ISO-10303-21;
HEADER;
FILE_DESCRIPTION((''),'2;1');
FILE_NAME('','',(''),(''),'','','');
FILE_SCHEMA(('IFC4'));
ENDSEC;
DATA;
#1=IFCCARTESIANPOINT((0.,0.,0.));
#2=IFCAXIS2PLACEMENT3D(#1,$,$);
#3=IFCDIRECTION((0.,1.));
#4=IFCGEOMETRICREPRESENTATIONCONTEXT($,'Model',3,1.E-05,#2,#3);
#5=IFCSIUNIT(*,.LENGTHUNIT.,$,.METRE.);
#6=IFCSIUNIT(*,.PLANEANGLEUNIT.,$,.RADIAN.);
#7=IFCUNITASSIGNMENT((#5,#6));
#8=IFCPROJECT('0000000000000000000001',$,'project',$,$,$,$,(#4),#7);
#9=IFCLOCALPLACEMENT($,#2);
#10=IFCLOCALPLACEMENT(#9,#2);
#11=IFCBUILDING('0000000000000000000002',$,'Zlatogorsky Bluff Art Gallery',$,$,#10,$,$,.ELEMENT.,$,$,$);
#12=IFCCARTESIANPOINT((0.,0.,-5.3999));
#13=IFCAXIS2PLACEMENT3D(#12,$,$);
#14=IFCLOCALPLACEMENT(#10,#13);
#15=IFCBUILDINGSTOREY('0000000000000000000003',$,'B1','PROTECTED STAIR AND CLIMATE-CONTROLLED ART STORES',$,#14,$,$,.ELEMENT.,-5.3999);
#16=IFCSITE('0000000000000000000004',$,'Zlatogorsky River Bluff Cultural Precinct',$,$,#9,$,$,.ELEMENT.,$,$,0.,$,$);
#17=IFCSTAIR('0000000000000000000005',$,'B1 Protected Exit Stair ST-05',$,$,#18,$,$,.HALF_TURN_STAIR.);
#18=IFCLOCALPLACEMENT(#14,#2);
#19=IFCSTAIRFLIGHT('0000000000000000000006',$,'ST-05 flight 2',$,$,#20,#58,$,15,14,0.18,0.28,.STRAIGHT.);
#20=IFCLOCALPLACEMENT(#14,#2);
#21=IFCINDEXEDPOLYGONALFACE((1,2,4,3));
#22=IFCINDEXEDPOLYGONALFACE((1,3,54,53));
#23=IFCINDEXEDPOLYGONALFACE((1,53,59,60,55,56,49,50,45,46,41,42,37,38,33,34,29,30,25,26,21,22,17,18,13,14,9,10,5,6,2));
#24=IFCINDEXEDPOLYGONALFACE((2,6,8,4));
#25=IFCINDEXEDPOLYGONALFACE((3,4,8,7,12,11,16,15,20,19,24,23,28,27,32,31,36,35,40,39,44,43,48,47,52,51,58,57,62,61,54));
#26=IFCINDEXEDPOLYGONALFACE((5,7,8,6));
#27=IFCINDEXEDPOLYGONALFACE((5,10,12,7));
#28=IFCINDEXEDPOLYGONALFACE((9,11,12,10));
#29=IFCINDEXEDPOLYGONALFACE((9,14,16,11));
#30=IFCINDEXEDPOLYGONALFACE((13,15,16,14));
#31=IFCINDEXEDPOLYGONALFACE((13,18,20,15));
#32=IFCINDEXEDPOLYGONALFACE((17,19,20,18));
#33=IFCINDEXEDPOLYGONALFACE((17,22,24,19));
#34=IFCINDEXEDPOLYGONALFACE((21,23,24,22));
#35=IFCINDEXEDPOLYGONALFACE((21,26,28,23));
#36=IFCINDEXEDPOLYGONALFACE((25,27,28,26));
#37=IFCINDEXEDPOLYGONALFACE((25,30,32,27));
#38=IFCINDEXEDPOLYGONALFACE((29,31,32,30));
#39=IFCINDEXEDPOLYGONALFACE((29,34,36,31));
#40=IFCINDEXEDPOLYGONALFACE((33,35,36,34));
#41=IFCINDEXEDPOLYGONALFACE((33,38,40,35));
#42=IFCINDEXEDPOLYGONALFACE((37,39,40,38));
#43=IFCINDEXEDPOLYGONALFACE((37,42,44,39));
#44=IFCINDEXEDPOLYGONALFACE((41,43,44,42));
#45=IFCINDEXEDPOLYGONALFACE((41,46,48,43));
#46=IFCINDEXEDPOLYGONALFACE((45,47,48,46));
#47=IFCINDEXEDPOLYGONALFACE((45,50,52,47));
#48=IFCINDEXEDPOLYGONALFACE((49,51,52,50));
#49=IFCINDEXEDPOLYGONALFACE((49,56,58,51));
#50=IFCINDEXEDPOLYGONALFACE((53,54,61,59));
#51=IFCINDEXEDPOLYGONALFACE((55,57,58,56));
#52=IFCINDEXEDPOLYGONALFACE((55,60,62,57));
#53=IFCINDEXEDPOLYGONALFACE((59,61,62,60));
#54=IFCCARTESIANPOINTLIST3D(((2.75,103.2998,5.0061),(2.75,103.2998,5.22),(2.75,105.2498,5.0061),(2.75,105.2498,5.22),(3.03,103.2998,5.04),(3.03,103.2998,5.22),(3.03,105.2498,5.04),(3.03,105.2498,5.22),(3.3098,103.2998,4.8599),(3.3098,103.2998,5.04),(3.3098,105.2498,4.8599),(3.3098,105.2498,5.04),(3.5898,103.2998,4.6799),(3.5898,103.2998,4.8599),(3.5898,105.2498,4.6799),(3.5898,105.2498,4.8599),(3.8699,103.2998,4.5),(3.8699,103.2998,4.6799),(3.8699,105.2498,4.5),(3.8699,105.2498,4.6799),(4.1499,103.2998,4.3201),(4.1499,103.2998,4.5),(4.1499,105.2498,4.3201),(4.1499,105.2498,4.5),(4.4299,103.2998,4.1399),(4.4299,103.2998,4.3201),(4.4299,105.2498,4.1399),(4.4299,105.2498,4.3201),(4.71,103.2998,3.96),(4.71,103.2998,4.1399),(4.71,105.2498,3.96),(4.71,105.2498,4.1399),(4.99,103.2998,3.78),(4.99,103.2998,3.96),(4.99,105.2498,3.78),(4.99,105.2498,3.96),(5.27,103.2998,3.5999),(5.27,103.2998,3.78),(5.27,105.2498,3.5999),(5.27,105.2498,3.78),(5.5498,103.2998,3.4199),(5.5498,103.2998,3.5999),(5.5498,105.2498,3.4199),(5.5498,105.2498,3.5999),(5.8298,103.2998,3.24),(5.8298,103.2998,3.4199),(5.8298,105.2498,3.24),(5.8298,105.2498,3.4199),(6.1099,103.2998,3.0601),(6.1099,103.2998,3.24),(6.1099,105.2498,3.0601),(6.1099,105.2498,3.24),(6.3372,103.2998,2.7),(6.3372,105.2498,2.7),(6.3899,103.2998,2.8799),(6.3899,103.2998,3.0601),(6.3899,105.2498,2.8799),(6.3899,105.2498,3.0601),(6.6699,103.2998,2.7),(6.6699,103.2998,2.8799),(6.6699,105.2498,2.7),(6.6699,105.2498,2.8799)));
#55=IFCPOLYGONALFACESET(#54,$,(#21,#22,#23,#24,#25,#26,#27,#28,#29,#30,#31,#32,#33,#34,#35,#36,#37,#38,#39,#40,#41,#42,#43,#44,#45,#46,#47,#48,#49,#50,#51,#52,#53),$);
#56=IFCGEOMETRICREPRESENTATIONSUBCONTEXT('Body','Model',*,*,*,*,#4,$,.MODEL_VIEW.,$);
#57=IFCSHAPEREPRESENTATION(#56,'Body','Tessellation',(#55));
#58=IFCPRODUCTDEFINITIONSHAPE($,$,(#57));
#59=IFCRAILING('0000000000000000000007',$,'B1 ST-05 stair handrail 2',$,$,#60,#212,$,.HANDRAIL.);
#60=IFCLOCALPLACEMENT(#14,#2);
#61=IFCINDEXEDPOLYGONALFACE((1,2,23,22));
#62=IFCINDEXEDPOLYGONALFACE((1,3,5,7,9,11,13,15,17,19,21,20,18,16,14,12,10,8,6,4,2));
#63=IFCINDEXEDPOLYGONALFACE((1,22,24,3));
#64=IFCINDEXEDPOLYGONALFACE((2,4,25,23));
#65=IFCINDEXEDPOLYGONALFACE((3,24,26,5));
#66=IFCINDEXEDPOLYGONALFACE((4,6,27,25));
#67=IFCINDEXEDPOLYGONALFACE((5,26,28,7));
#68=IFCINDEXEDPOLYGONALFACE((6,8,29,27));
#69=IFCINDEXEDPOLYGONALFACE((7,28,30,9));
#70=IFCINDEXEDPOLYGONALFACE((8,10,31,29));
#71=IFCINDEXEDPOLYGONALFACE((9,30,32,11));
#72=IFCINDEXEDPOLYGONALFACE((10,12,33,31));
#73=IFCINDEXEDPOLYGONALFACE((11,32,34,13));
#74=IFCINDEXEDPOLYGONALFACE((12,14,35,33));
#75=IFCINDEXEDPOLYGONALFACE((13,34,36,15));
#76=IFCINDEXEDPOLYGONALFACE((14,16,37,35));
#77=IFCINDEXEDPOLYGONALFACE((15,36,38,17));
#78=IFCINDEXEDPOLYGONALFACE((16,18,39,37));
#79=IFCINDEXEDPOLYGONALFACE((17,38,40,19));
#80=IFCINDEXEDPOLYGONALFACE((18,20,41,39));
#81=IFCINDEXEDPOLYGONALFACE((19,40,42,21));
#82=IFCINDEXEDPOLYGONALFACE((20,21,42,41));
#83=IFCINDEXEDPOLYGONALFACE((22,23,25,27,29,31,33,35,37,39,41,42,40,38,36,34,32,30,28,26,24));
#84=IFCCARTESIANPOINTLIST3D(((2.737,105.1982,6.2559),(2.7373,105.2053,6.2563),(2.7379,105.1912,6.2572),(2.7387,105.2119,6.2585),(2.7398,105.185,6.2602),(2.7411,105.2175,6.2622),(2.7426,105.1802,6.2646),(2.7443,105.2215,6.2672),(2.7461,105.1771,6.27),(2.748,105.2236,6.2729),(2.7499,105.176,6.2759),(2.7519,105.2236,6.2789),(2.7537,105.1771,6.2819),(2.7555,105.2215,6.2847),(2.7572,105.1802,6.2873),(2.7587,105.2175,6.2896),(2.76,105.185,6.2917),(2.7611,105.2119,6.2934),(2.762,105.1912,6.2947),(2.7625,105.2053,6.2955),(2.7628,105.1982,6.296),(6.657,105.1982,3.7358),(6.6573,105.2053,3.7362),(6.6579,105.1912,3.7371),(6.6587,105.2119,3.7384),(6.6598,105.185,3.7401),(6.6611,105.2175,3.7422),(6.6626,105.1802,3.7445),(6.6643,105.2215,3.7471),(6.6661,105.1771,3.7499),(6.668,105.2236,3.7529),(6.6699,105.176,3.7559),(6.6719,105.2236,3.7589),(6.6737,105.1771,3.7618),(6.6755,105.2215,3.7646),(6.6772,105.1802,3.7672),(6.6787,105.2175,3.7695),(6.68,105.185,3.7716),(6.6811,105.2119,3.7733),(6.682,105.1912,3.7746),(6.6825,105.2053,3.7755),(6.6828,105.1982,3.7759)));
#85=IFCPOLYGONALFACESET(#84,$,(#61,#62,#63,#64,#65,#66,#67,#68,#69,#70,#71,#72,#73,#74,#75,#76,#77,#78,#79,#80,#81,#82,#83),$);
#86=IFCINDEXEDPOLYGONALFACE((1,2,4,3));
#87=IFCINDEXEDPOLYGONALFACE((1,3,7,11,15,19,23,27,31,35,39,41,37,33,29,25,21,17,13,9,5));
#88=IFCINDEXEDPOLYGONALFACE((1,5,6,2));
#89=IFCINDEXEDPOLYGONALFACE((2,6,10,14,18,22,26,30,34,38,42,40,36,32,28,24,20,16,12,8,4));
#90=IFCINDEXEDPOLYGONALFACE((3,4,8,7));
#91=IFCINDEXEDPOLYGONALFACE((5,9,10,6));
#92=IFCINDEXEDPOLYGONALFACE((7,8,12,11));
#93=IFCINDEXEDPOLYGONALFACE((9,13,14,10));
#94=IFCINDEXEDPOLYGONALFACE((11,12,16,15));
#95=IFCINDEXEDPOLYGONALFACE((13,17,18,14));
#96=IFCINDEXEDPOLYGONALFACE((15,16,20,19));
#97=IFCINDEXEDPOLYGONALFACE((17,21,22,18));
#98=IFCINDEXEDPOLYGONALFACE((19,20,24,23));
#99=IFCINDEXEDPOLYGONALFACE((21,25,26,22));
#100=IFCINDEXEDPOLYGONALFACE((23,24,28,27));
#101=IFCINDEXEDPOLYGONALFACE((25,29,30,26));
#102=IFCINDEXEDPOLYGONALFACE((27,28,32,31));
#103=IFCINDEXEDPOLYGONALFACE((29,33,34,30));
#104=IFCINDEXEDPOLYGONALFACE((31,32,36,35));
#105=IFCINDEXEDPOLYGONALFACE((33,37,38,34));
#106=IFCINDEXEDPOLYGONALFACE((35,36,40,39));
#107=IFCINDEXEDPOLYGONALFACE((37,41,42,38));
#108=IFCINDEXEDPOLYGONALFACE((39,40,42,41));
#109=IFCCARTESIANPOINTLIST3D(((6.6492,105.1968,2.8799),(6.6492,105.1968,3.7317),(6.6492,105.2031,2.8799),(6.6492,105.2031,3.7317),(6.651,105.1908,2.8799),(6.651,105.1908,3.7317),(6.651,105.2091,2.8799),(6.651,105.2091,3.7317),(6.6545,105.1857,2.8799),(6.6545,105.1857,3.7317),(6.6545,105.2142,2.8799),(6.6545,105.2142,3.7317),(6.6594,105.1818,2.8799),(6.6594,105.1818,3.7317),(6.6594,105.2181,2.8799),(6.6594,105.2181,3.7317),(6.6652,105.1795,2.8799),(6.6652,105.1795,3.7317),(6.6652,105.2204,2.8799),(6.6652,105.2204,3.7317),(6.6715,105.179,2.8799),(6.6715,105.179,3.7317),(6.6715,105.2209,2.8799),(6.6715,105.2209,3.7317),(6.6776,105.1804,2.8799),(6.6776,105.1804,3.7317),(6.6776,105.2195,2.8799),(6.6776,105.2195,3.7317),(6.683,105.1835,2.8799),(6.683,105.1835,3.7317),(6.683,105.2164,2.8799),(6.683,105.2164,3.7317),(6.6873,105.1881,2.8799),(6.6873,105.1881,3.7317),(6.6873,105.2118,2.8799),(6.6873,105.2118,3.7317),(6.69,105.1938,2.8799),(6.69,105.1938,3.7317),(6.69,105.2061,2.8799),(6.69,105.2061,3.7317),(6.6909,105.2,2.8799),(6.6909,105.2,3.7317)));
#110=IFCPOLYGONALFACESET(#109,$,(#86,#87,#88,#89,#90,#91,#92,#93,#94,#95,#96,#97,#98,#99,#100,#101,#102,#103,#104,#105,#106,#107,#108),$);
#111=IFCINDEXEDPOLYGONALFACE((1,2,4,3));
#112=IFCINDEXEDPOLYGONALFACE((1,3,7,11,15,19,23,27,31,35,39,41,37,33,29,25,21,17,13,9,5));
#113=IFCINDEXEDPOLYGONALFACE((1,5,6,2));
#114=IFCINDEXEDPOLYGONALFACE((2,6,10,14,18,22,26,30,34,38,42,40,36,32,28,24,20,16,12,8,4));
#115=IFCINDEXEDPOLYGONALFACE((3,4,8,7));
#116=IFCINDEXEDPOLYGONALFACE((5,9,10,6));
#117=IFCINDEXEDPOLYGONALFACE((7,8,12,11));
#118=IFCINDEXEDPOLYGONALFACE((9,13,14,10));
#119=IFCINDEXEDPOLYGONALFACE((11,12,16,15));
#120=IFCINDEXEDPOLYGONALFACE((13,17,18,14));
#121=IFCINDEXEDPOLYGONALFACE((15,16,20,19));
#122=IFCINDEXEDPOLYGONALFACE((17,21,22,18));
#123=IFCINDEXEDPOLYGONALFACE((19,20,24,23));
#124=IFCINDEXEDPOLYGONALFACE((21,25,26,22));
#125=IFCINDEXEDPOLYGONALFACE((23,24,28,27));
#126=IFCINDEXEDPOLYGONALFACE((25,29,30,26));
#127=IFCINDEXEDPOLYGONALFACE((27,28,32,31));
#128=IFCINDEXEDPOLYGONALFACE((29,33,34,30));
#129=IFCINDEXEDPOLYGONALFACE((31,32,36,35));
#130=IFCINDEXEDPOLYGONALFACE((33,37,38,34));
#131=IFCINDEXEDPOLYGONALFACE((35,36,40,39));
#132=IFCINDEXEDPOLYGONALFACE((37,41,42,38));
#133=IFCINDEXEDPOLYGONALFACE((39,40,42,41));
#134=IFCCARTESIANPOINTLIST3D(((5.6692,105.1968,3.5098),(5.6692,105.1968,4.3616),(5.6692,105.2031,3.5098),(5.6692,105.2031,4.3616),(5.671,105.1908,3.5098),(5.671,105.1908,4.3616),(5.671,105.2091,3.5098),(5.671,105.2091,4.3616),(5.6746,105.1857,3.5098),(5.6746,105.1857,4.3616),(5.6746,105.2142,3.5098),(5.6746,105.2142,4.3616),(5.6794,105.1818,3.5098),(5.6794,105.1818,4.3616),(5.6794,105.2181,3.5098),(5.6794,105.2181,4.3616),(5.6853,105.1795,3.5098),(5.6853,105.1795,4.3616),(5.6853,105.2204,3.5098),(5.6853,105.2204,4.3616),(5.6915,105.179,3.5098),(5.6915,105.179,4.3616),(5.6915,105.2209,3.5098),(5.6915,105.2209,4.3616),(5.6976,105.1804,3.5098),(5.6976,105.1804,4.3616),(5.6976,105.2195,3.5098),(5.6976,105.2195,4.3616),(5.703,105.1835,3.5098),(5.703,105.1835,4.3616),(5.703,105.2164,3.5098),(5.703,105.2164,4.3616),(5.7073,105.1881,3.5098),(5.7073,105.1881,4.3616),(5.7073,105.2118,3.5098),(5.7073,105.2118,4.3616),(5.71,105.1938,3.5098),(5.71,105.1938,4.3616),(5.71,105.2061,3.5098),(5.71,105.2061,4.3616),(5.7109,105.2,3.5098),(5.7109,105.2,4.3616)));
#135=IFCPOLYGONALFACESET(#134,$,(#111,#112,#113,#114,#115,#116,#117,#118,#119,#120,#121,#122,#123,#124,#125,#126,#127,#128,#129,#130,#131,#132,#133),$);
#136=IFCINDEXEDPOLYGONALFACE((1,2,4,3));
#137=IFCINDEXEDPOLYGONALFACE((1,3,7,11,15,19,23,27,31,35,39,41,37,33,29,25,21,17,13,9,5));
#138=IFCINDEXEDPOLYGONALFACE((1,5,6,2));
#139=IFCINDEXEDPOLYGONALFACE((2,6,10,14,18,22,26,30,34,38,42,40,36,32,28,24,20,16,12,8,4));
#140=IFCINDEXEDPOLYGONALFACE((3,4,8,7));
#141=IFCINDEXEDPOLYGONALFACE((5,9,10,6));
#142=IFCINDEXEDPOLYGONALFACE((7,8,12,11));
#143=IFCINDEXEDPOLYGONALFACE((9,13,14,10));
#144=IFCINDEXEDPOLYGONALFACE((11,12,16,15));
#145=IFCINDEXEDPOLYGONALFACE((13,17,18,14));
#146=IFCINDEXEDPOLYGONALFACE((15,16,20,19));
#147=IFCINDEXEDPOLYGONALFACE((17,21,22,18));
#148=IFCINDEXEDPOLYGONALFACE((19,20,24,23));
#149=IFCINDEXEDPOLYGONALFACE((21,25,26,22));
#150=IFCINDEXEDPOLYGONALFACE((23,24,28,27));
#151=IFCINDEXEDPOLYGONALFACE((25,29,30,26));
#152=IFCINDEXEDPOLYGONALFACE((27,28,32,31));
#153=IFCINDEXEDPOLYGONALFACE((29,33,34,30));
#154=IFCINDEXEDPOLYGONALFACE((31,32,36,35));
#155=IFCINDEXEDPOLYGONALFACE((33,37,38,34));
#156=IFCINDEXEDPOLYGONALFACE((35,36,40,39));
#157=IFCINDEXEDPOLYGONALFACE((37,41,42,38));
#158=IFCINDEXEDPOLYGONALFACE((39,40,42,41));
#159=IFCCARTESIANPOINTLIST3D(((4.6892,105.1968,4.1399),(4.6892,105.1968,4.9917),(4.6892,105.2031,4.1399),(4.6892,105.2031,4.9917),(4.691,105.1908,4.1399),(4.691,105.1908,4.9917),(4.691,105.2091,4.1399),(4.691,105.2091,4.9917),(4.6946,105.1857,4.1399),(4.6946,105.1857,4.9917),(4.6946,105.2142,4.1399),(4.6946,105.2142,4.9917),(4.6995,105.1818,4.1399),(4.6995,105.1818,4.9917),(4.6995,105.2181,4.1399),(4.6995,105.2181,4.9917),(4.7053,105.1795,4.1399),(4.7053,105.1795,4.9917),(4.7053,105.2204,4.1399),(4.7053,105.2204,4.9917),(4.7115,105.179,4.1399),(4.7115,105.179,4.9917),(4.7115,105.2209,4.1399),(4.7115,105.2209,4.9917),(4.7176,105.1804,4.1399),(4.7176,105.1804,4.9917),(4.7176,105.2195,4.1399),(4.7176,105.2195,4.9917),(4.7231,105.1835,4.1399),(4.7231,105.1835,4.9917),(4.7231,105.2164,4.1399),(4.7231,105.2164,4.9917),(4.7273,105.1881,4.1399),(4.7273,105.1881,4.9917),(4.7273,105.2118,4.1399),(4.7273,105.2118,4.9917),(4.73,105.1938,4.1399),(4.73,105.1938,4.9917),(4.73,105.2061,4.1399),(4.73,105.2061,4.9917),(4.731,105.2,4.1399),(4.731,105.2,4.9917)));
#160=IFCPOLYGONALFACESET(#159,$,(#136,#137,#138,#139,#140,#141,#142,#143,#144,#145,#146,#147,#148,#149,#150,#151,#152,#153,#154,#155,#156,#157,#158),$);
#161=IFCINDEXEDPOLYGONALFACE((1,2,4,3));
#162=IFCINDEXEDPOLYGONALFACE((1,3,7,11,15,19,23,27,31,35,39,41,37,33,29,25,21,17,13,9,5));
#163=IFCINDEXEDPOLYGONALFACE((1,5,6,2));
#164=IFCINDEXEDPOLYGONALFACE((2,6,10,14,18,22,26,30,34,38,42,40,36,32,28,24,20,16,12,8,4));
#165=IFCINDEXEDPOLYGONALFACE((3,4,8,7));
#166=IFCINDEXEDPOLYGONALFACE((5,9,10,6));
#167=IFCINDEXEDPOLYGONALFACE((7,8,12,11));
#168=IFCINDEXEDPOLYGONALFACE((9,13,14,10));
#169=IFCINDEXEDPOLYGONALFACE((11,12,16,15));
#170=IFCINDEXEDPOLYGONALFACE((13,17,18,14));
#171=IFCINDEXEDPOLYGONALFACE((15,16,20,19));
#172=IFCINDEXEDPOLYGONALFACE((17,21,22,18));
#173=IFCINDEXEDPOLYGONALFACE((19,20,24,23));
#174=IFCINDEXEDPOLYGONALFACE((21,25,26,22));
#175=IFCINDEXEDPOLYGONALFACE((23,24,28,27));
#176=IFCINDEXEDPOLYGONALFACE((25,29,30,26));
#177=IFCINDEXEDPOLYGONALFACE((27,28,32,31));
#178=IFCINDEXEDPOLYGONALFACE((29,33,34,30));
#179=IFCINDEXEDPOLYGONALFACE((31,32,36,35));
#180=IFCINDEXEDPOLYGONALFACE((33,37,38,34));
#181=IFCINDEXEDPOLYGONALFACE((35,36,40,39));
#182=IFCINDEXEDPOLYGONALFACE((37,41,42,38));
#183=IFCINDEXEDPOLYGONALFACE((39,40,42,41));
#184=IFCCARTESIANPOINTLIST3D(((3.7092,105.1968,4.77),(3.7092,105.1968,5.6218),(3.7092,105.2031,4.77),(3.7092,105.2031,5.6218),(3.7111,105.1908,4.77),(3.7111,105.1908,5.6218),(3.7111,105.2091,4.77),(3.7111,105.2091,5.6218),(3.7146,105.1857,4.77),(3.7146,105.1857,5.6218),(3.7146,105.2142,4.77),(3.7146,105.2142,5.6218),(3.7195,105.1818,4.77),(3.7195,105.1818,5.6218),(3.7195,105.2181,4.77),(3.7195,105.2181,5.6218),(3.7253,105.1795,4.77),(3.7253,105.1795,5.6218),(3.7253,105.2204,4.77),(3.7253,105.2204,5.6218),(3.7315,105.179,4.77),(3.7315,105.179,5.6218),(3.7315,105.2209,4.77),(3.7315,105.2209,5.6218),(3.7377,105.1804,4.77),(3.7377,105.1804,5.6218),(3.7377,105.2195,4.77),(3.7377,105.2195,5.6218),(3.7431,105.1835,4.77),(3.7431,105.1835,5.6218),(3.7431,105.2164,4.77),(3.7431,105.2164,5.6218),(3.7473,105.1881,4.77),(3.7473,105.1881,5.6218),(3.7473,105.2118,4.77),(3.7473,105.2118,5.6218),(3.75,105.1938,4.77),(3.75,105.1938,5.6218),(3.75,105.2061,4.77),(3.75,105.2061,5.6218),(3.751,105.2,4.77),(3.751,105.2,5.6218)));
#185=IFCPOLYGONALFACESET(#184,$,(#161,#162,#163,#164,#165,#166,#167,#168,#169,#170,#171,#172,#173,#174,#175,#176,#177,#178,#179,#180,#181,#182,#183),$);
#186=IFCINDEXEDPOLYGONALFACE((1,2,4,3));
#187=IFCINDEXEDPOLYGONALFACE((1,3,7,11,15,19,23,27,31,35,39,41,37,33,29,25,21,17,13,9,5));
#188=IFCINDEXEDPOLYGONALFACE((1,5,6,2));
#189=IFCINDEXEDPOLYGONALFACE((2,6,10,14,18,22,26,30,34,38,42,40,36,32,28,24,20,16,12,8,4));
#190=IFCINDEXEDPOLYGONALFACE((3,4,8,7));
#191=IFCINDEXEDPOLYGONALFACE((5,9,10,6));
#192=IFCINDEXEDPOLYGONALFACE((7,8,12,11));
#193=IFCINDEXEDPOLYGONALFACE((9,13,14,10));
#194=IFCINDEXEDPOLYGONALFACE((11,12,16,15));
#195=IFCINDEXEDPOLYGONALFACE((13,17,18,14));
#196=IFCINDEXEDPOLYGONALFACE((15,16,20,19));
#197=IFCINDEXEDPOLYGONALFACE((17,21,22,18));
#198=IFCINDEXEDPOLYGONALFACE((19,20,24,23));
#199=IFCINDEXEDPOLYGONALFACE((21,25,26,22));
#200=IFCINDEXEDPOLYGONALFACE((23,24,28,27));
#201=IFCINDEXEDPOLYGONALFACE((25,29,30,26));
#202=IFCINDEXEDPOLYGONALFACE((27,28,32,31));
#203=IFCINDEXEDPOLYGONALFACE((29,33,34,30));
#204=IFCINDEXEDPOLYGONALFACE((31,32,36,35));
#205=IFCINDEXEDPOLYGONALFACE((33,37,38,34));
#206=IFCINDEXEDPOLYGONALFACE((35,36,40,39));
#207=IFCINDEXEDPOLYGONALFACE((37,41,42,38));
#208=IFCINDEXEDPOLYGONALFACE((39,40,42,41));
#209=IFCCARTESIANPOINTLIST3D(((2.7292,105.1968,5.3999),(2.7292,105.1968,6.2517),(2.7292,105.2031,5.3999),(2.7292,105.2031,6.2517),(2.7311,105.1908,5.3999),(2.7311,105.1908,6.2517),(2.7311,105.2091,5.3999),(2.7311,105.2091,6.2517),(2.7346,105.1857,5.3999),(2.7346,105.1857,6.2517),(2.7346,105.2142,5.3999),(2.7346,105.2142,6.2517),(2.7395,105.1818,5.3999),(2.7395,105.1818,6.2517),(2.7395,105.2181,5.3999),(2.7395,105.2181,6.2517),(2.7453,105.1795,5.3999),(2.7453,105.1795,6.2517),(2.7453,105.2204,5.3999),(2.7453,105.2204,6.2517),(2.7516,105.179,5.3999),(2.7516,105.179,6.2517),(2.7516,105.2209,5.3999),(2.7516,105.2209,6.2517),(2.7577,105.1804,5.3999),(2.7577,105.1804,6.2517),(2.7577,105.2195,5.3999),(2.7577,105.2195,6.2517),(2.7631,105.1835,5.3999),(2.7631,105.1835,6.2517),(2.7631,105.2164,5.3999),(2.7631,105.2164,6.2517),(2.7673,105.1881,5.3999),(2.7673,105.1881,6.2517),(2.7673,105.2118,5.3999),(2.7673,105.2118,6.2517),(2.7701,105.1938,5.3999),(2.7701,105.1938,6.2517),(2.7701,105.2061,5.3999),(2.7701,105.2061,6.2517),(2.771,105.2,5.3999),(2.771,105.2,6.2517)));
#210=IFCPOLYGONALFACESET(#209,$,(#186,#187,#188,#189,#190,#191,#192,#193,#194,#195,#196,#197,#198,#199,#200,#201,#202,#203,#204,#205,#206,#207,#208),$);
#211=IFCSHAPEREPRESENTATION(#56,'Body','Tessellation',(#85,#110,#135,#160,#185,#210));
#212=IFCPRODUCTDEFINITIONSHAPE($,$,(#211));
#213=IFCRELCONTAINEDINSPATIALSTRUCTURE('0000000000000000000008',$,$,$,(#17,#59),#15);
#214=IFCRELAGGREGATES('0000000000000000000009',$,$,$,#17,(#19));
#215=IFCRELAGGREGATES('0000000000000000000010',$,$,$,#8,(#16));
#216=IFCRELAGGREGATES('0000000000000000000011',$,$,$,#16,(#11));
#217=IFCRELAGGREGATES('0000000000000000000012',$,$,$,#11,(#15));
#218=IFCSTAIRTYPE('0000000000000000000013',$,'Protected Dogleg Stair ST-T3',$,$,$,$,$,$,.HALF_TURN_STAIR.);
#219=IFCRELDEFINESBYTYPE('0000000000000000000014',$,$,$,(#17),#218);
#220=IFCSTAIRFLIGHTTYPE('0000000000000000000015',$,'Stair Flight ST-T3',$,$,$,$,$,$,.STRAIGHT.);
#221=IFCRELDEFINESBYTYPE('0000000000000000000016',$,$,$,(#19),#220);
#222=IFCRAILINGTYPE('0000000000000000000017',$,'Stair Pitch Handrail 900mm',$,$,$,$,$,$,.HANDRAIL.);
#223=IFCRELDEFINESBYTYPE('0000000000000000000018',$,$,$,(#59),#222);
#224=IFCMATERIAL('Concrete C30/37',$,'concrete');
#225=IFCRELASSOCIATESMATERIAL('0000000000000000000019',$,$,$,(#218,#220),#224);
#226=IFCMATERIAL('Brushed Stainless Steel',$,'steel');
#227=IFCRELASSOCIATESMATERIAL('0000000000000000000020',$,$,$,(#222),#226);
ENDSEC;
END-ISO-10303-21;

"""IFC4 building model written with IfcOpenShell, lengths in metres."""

from ifc_helpers import new_model, si_unit, direction, frame, origin, origin_2d, place, context, subcontext, project, spatial, polyline, circle, outline, extrude, material, type_object, element, aggregate, save


model = new_model("IFC4")

# Units and contexts
model_context = context("Model", 3, precision=1e-05, world=origin(), true_north=direction((0.0, 1.0)))
body_context = subcontext(model_context, "Body", "Model", "MODEL_VIEW")
ifc_project = project(units=[si_unit("LENGTHUNIT", "METRE"), si_unit("PLANEANGLEUNIT", "RADIAN")], contexts=[model_context])

# Site, building, storey
site_placement = place(None, origin())
site = spatial("IfcSite", under=ifc_project, at=site_placement, Name="Zlatogorsky River Bluff Cultural Precinct", CompositionType="ELEMENT", RefElevation=0.0)
building_placement = place(site_placement, origin())
building = spatial("IfcBuilding", under=site, at=building_placement, Name="Zlatogorsky Bluff Art Gallery", CompositionType="ELEMENT")
storey_placement = place(building_placement, frame((0.0, 0.0, -5.3999)))
storey = spatial("IfcBuildingStorey", under=building, at=storey_placement, Name="B1", Description="PROTECTED STAIR AND CLIMATE-CONTROLLED ART STORES", CompositionType="ELEMENT", Elevation=-5.3999)

# Stair, stair flight
ifc_material_1 = material(Name="Concrete C30/37", Category="concrete")
stair_type = type_object("IfcStairType", Name="Protected Dogleg Stair ST-T3", PredefinedType="HALF_TURN_STAIR", material=ifc_material_1)
stair_placement = place(storey_placement, origin())
stair = element("IfcStair", 1, at=stair_placement, inside=storey, type_object=stair_type, Name="B1 Protected Exit Stair ST-05", PredefinedType="HALF_TURN_STAIR")
stair_flight_type = type_object("IfcStairFlightType", Name="Stair Flight ST-T3", PredefinedType="STRAIGHT", material=ifc_material_1)
stair_flight_placement = place(storey_placement, frame((6.6699, 104.2749, 2.7), z_axis=(0.0, 0.0, 1.0), x_axis=(-1.0, 0.0, 0.0)))
stair_flight = element("IfcStairFlight", 2, at=stair_flight_placement, type_object=stair_flight_type, Name="ST-05 flight 2", NumberOfRisers=15, NumberOfTreads=14, PredefinedType="STRAIGHT", RiserHeight=0.18, TreadLength=0.28, context=body_context, shape_type="SweptSolid", body=[
    extrude(outline(polyline([(0.0, 0.0), (0.0, 0.1799), (0.28, 0.1799), (0.28, 0.3601), (0.5601, 0.3601), (0.5601, 0.54), (0.8401, 0.54), (0.8401, 0.72), (1.1201, 0.72), (1.1201, 0.8999), (1.3999, 0.8999), (1.3999, 1.0801), (1.6799, 1.0801), (1.6799, 1.26), (1.96, 1.26), (1.96, 1.4399), (2.24, 1.4399), (2.24, 1.6201), (2.52, 1.6201), (2.52, 1.8), (2.8, 1.8), (2.8, 1.98), (3.0801, 1.98), (3.0801, 2.1599), (3.3601, 2.1599), (3.3601, 2.3401), (3.6399, 2.3401), (3.6399, 2.52), (3.9199, 2.52), (3.9199, 2.7), (3.9199, 2.3062), (0.3328, 0.0), (0.0, 0.0)])), frame((0.0, 0.9751, 0.0), z_axis=(0.0, -1.0, 0.0), x_axis=(1.0, 0.0, 0.0)), (0.0, 0.0, 1.0), 1.95),
])
aggregate(stair, [stair_flight])

# Railing
ifc_material_2 = material(Name="Brushed Stainless Steel", Category="steel")
railing_type = type_object("IfcRailingType", Name="Stair Pitch Handrail 900mm", PredefinedType="HANDRAIL", material=ifc_material_2)
railing_placement = place(storey_placement, frame((6.6699, 105.2, 2.8799)))
element("IfcRailing", 3, at=railing_placement, inside=storey, type_object=railing_type, Name="B1 ST-05 stair handrail 2", PredefinedType="HANDRAIL", context=body_context, shape_type="SweptSolid", body=[
    extrude(circle(Radius=0.0239, at=origin_2d()), frame((0.0, 0.0, 0.876), z_axis=(-0.841172, 0.0, 0.540768), x_axis=(0.0, -1.0, 0.0)), (0.0, 0.0, 1.0), 4.6602),
    extrude(circle(Radius=0.021, at=origin_2d()), origin(), (0.0, 0.0, 1.0), 0.8518),
    extrude(circle(Radius=0.021, at=origin_2d()), frame((-0.98, 0.0, 0.6299)), (0.0, 0.0, 1.0), 0.8518),
    extrude(circle(Radius=0.021, at=origin_2d()), frame((-1.96, 0.0, 1.26)), (0.0, 0.0, 1.0), 0.8518),
    extrude(circle(Radius=0.021, at=origin_2d()), frame((-2.9399, 0.0, 1.8901)), (0.0, 0.0, 1.0), 0.8518),
    extrude(circle(Radius=0.021, at=origin_2d()), frame((-3.9199, 0.0, 2.52)), (0.0, 0.0, 1.0), 0.8518),
])

save(model, "model.ifc")
